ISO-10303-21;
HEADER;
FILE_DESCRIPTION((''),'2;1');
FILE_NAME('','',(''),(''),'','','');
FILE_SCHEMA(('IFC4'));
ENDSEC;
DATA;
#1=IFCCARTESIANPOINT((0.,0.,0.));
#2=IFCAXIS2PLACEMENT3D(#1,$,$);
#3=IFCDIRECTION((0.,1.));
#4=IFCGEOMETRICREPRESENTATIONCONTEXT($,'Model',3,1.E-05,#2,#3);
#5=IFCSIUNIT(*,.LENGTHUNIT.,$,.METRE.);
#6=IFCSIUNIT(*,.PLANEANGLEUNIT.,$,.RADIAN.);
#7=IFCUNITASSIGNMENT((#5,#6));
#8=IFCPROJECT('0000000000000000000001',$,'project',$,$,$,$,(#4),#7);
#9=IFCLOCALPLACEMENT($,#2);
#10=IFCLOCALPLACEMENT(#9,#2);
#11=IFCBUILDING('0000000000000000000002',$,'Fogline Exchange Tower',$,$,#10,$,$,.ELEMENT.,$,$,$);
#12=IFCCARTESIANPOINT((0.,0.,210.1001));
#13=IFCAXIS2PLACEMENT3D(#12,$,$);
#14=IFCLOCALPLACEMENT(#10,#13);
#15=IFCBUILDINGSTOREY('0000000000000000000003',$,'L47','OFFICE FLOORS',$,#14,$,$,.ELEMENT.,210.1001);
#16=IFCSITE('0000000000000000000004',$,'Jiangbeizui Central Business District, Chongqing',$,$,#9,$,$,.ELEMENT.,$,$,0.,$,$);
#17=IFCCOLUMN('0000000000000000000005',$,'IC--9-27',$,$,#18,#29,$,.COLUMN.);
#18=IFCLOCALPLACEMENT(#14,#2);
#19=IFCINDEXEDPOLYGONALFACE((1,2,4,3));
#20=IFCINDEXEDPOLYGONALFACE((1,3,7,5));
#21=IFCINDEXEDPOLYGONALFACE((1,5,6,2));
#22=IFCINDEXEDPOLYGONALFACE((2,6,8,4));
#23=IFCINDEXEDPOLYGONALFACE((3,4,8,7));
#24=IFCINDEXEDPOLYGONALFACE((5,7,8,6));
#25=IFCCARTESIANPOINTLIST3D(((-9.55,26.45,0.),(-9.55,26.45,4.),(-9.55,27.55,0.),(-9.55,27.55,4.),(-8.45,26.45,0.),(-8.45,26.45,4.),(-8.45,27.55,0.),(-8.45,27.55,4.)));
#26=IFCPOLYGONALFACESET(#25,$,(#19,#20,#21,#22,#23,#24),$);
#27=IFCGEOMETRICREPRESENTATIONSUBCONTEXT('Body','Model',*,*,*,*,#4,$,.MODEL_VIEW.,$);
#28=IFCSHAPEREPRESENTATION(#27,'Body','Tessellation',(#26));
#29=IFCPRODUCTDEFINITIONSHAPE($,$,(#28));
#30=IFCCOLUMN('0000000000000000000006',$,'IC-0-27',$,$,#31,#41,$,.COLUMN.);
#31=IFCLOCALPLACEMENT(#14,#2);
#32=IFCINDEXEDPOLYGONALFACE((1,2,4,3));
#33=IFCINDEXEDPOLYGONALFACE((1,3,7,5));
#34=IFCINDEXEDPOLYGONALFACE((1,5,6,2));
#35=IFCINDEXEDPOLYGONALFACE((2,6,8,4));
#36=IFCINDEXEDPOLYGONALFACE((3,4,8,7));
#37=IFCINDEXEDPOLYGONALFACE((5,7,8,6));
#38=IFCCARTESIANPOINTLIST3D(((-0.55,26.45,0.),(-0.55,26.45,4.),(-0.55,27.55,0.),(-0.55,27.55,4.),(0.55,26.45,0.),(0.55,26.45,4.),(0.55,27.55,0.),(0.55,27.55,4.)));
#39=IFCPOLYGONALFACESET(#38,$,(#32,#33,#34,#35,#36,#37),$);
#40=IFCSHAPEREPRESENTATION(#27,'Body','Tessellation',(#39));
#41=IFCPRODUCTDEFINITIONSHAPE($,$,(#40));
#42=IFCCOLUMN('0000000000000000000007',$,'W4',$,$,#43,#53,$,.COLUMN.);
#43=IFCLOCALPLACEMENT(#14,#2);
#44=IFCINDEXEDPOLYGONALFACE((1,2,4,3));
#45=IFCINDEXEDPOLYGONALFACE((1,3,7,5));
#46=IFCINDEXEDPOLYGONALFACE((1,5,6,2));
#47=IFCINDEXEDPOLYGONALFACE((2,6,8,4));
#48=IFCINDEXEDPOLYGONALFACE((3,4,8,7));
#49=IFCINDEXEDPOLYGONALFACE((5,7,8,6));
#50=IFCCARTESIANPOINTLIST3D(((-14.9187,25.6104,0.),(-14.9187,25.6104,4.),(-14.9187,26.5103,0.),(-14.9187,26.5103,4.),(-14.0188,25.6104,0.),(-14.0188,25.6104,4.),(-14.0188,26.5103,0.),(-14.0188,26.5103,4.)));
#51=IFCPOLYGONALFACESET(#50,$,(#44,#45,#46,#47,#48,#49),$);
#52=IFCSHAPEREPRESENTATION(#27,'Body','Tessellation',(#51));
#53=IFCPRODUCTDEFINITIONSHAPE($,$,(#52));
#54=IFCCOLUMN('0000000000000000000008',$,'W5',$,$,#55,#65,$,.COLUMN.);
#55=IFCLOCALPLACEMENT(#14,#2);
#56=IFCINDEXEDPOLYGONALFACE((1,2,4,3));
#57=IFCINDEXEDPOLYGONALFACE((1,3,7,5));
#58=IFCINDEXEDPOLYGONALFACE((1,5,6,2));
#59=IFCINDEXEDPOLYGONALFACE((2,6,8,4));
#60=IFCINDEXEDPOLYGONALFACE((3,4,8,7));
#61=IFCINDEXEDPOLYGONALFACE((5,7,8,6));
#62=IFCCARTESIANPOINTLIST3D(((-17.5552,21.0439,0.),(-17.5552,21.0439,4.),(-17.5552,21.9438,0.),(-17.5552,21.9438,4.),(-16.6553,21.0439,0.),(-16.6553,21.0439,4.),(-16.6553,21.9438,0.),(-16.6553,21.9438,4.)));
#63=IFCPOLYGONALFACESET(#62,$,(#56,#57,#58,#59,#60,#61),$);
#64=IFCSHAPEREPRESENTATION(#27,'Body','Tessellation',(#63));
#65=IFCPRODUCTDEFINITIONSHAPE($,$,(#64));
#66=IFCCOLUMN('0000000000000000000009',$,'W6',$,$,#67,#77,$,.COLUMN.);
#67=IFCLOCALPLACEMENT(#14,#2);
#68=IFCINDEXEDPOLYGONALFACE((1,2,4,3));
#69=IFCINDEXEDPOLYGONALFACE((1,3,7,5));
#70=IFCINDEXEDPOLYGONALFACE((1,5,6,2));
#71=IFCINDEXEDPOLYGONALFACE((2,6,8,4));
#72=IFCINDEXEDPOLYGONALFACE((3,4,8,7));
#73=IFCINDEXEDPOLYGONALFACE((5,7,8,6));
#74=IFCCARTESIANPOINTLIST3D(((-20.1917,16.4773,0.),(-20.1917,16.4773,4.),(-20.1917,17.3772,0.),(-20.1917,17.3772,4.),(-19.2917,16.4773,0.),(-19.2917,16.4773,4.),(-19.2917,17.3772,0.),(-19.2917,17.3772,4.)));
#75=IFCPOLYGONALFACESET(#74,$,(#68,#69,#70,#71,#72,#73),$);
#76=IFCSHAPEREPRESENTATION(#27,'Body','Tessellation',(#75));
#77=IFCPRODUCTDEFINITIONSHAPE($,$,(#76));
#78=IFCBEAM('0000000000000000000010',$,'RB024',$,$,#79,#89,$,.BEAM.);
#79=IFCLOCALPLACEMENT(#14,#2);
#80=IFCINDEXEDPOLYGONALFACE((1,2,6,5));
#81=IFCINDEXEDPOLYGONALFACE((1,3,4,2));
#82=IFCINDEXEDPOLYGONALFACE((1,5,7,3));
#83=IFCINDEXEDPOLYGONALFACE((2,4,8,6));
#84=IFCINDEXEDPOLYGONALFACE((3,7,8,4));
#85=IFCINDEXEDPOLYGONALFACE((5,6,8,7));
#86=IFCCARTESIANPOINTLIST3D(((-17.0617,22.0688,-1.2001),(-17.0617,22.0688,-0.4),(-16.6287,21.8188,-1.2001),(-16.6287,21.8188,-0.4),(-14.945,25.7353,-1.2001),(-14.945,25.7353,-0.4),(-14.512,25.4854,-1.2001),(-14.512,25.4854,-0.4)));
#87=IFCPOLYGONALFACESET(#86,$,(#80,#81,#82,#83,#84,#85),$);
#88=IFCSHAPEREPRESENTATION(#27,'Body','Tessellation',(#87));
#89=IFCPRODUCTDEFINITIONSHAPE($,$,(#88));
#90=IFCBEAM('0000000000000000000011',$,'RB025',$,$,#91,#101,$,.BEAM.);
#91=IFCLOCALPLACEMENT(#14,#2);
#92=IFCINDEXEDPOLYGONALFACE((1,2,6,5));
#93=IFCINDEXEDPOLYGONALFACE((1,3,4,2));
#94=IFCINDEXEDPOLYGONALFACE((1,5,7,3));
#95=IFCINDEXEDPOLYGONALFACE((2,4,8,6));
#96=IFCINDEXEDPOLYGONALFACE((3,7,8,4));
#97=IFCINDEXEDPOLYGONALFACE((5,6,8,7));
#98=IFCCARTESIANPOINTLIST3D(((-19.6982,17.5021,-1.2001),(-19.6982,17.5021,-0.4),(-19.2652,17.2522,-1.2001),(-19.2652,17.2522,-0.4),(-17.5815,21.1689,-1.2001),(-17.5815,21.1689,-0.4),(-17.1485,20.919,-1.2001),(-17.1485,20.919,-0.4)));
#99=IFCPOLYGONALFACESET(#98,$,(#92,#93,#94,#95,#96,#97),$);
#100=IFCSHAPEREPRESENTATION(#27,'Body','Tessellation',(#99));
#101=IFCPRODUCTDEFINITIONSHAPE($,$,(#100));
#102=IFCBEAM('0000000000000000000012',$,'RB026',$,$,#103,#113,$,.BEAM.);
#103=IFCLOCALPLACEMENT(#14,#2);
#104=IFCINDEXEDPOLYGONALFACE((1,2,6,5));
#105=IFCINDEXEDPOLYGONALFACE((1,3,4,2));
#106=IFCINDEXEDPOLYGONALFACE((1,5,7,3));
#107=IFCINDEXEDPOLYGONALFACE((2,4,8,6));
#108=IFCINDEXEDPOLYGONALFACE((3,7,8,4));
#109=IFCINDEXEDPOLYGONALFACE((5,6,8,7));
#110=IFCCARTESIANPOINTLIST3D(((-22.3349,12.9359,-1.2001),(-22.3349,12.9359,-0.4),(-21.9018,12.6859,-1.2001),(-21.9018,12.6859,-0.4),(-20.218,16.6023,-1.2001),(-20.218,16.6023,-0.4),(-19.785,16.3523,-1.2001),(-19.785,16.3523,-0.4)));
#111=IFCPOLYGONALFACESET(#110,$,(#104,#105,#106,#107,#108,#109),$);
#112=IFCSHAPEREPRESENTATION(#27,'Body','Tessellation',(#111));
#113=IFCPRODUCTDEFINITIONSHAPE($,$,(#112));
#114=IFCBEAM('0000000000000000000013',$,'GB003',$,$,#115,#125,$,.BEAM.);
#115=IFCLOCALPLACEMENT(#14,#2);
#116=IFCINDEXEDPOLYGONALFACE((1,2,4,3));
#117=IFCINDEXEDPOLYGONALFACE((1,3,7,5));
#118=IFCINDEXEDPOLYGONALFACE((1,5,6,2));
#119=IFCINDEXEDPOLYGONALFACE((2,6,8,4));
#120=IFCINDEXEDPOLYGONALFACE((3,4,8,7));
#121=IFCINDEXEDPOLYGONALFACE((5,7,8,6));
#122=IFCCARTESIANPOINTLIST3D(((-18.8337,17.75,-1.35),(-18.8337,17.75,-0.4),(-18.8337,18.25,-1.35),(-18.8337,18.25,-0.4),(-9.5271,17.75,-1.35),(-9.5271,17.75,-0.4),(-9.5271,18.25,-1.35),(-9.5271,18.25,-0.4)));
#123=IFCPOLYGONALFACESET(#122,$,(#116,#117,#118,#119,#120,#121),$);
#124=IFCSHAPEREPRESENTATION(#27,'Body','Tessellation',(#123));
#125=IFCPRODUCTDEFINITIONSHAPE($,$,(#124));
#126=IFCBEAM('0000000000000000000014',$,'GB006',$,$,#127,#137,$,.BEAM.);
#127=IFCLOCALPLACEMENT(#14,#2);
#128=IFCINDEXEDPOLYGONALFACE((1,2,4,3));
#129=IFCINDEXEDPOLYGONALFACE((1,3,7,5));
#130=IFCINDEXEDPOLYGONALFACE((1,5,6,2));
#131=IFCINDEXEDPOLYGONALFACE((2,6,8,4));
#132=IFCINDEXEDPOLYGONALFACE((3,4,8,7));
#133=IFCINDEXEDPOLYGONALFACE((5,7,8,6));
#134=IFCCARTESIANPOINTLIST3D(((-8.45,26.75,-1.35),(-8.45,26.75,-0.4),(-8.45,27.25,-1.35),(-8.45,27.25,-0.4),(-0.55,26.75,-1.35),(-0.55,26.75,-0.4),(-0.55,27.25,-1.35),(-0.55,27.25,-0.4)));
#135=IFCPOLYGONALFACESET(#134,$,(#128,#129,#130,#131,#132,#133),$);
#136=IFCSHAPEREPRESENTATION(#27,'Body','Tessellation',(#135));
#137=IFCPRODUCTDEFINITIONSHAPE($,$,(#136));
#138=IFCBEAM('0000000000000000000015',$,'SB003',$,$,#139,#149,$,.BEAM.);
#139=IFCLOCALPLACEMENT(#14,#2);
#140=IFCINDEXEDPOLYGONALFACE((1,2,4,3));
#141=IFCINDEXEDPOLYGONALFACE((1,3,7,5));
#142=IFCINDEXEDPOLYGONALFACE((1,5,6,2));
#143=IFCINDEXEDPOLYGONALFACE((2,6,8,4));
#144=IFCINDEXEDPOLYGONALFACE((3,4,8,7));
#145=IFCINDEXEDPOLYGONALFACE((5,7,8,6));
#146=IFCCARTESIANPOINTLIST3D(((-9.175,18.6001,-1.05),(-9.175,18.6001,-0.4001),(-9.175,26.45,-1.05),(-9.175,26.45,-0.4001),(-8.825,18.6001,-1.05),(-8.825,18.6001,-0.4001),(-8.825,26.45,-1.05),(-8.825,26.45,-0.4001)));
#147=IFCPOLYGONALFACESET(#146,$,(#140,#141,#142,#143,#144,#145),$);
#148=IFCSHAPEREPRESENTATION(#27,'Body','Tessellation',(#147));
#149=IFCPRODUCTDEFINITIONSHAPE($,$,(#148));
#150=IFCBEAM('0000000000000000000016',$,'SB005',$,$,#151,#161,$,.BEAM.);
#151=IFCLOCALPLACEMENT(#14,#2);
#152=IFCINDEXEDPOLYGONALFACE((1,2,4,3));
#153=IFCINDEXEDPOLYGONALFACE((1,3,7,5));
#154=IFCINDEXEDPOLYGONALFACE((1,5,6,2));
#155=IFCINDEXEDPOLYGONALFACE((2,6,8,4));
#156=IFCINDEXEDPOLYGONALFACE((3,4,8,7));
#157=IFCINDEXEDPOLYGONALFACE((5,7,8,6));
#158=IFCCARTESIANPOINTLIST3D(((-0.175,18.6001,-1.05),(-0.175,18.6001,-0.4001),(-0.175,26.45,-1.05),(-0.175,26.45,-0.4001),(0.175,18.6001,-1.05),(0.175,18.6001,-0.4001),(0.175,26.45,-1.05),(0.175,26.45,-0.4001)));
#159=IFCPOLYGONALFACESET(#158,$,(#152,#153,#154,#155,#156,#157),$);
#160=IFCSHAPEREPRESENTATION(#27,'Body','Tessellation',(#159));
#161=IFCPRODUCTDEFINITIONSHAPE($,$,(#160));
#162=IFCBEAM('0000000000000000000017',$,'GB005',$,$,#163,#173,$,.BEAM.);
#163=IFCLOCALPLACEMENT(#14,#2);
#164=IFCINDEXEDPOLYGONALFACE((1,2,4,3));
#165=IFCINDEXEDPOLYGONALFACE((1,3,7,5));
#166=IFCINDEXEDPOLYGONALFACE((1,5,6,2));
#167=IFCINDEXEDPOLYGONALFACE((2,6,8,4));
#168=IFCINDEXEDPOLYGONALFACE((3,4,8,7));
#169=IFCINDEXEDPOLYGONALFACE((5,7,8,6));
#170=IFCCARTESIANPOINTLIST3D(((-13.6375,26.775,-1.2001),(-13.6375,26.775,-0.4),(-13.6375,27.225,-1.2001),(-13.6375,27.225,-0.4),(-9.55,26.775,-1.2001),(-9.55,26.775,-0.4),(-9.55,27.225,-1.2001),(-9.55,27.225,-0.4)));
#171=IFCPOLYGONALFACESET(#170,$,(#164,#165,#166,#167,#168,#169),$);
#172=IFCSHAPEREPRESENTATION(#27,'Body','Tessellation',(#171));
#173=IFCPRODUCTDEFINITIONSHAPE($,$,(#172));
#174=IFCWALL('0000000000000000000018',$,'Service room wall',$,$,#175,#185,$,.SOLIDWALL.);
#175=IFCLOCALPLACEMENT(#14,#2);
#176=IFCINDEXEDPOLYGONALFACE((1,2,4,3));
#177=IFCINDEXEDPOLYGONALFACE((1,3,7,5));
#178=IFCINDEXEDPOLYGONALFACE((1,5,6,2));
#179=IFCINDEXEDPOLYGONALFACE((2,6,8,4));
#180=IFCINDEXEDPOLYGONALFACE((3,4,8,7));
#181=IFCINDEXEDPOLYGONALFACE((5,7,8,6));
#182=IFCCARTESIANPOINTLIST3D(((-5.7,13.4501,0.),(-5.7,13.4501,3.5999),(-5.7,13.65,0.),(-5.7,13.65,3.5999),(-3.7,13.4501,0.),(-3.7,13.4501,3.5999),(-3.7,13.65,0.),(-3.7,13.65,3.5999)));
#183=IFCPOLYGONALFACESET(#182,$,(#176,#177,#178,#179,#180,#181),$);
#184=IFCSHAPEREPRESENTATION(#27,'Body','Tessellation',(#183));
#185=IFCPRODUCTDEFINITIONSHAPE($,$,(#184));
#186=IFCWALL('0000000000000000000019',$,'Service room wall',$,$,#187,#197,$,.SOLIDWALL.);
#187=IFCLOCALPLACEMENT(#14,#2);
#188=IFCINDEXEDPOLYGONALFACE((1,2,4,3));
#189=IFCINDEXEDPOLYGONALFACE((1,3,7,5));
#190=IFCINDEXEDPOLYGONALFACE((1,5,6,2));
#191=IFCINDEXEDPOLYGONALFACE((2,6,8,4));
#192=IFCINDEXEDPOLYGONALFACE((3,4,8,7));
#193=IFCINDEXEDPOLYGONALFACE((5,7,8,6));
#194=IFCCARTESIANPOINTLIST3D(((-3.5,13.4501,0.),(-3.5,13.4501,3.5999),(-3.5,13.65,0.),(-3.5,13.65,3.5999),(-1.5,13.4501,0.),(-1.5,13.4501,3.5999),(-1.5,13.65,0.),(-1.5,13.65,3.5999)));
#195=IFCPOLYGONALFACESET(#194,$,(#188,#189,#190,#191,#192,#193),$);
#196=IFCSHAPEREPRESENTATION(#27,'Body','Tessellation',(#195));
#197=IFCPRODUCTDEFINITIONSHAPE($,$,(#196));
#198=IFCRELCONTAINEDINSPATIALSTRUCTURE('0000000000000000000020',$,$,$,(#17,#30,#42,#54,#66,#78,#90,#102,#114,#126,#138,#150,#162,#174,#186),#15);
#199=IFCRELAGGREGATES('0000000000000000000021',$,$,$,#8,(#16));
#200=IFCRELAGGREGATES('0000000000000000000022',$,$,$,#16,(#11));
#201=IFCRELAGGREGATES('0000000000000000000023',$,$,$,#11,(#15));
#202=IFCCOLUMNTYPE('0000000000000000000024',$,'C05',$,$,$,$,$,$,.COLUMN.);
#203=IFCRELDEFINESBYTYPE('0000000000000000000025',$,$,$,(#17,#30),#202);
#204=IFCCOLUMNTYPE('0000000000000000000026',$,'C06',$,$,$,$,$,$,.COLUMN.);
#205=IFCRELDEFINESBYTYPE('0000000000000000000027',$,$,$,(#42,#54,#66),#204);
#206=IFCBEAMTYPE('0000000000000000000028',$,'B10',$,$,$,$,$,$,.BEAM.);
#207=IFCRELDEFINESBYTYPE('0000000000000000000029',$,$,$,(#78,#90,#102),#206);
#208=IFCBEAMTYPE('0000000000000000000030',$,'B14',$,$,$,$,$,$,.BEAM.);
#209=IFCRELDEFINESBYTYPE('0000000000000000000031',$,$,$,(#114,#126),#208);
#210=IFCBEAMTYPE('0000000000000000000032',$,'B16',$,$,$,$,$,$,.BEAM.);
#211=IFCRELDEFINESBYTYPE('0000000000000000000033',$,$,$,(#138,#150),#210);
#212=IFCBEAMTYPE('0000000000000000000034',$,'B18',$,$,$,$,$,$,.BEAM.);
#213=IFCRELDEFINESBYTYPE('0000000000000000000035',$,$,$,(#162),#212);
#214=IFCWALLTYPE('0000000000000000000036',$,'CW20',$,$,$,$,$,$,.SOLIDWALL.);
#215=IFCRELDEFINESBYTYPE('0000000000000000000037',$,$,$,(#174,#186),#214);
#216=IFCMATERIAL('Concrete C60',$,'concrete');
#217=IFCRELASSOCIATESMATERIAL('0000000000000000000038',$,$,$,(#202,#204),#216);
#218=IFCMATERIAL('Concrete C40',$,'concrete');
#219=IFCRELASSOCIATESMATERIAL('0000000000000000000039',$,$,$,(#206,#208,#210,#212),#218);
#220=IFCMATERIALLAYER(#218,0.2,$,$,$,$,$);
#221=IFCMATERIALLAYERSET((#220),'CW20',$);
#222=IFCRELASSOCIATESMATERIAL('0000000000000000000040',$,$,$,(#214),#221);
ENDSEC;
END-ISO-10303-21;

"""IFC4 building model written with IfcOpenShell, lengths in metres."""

from ifc_helpers import new_model, si_unit, direction, frame, frame_2d, origin, origin_2d, place, context, subcontext, project, spatial, rectangle, extrude, material, layer, layer_set, material_profile, profile_set, type_object, element, save


model = new_model("IFC4")

# Units and contexts
model_context = context("Model", 3, precision=1e-05, world=origin(), true_north=direction((0.0, 1.0)))
body_context = subcontext(model_context, "Body", "Model", "MODEL_VIEW")
ifc_project = project(units=[si_unit("LENGTHUNIT", "METRE"), si_unit("PLANEANGLEUNIT", "RADIAN")], contexts=[model_context])

# Site, building, storey
site_placement = place(None, origin())
site = spatial("IfcSite", under=ifc_project, at=site_placement, Name="Jiangbeizui Central Business District, Chongqing", CompositionType="ELEMENT", RefElevation=0.0)
building_placement = place(site_placement, origin())
building = spatial("IfcBuilding", under=site, at=building_placement, Name="Fogline Exchange Tower", CompositionType="ELEMENT")
storey_placement = place(building_placement, frame((0.0, 0.0, 210.1001)))
storey = spatial("IfcBuildingStorey", under=building, at=storey_placement, Name="L47", Description="OFFICE FLOORS", CompositionType="ELEMENT", Elevation=210.1001)

# Columns
ifc_material_1 = material(Name="Concrete C60", Category="concrete")
ifc_material_profile_1 = material_profile(ifc_material_1, rectangle(XDim=1.1001, YDim=1.1001, at=origin_2d()), Name="RC 1100x1100")
ifc_profile_set_1 = profile_set([ifc_material_profile_1], Name="Concrete C60")
column_type_1 = type_object("IfcColumnType", Name="C05", PredefinedType="COLUMN", material=ifc_profile_set_1)
for number, where, z_axis, x_axis, name in (
    (1, (-9.0, 27.0, 0.0), (0.0, 0.0, 1.0), (1.0, 0.0, 0.0), "IC--9-27"),
    (2, (0.0, 27.0, 0.0), (0.0, 0.0, 1.0), (1.0, 0.0, 0.0), "IC-0-27"),
):
    element("IfcColumn", number, at=place(storey_placement, frame(where, z_axis=z_axis, x_axis=x_axis)), inside=storey, type_object=column_type_1, Name=name, PredefinedType="COLUMN", context=body_context, shape_type="SweptSolid", body=[
        extrude(rectangle(XDim=1.1001, YDim=1.1001, at=origin_2d()), origin(), (0.0, 0.0, 1.0), 4.0),
    ])
ifc_material_profile_2 = material_profile(ifc_material_1, rectangle(XDim=0.8999, YDim=0.8999, at=origin_2d()), Name="RC 900x900")
ifc_profile_set_2 = profile_set([ifc_material_profile_2], Name="Concrete C60")
column_type_2 = type_object("IfcColumnType", Name="C06", PredefinedType="COLUMN", material=ifc_profile_set_2)
for number, where, z_axis, x_axis, name in (
    (3, (-14.4688, 26.0603, 0.0), (0.0, 0.0, 1.0), (1.0, 0.0, 0.0), "W4"),
    (4, (-17.1052, 21.4939, 0.0), (0.0, 0.0, 1.0), (1.0, 0.0, 0.0), "W5"),
    (5, (-19.7417, 16.9272, 0.0), (0.0, 0.0, 1.0), (1.0, 0.0, 0.0), "W6"),
):
    element("IfcColumn", number, at=place(storey_placement, frame(where, z_axis=z_axis, x_axis=x_axis)), inside=storey, type_object=column_type_2, Name=name, PredefinedType="COLUMN", context=body_context, shape_type="SweptSolid", body=[
        extrude(rectangle(XDim=0.8999, YDim=0.8999, at=origin_2d()), origin(), (0.0, 0.0, 1.0), 4.0),
    ])

# Beams
ifc_material_2 = material(Name="Concrete C40", Category="concrete")
ifc_material_profile_3 = material_profile(ifc_material_2, rectangle(XDim=0.5, YDim=0.8, at=origin_2d()), Name="RC 500x800")
ifc_profile_set_3 = profile_set([ifc_material_profile_3], Name="Concrete C40")
beam_type_1 = type_object("IfcBeamType", Name="B10", PredefinedType="BEAM", material=ifc_profile_set_3)
beam_1_placement = place(storey_placement, frame((-14.7285, 25.6104, -0.8), z_axis=(-0.499972, -0.866042, 0.0), x_axis=(0.866042, -0.499972, 0.0)))
element("IfcBeam", 6, at=beam_1_placement, inside=storey, type_object=beam_type_1, Name="RB024", PredefinedType="BEAM", context=body_context, shape_type="SweptSolid", body=[
    extrude(rectangle(XDim=0.5, YDim=0.8, at=origin_2d()), origin(), (0.0, 0.0, 1.0), 4.2336),
])
beam_2_placement = place(storey_placement, frame((-17.365, 21.0439, -0.8), z_axis=(-0.499947, -0.866056, 0.0), x_axis=(0.866056, -0.499947, 0.0)))
element("IfcBeam", 7, at=beam_2_placement, inside=storey, type_object=beam_type_1, Name="RB025", PredefinedType="BEAM", context=body_context, shape_type="SweptSolid", body=[
    extrude(rectangle(XDim=0.5, YDim=0.8, at=origin_2d()), origin(), (0.0, 0.0, 1.0), 4.2339),
])
beam_3_placement = place(storey_placement, frame((-20.0015, 16.4773, -0.8), z_axis=(-0.500015, -0.866017, 0.0), x_axis=(0.866017, -0.500015, 0.0)))
element("IfcBeam", 8, at=beam_3_placement, inside=storey, type_object=beam_type_1, Name="RB026", PredefinedType="BEAM", context=body_context, shape_type="SweptSolid", body=[
    extrude(rectangle(XDim=0.5, YDim=0.8, at=origin_2d()), origin(), (0.0, 0.0, 1.0), 4.2336),
])
ifc_material_profile_4 = material_profile(ifc_material_2, rectangle(XDim=0.5, YDim=0.95, at=origin_2d()), Name="RC 500x950")
ifc_profile_set_4 = profile_set([ifc_material_profile_4], Name="Concrete C40")
beam_type_2 = type_object("IfcBeamType", Name="B14", PredefinedType="BEAM", material=ifc_profile_set_4)
beam_4_placement = place(storey_placement, frame((-18.8337, 18.0, -0.875), z_axis=(1.0, 0.0, 0.0), x_axis=(0.0, 1.0, 0.0)))
element("IfcBeam", 9, at=beam_4_placement, inside=storey, type_object=beam_type_2, Name="GB003", PredefinedType="BEAM", context=body_context, shape_type="SweptSolid", body=[
    extrude(rectangle(XDim=0.5, YDim=0.95, at=origin_2d()), origin(), (0.0, 0.0, 1.0), 9.3066),
])
beam_5_placement = place(storey_placement, frame((-8.45, 27.0, -0.875), z_axis=(1.0, 0.0, 0.0), x_axis=(0.0, 1.0, 0.0)))
element("IfcBeam", 10, at=beam_5_placement, inside=storey, type_object=beam_type_2, Name="GB006", PredefinedType="BEAM", context=body_context, shape_type="SweptSolid", body=[
    extrude(rectangle(XDim=0.5, YDim=0.95, at=origin_2d()), origin(), (0.0, 0.0, 1.0), 7.8999),
])
ifc_material_profile_5 = material_profile(ifc_material_2, rectangle(XDim=0.3501, YDim=0.6499, at=origin_2d()), Name="RC 350x650")
ifc_profile_set_5 = profile_set([ifc_material_profile_5], Name="Concrete C40")
beam_type_3 = type_object("IfcBeamType", Name="B16", PredefinedType="BEAM", material=ifc_profile_set_5)
for number, where, z_axis, x_axis, name in (
    (11, (-9.0, 18.6001, -0.7251), (0.0, 1.0, 0.0), (-1.0, 0.0, 0.0), "SB003"),
    (12, (0.0, 18.6001, -0.7251), (0.0, 1.0, 0.0), (-1.0, 0.0, 0.0), "SB005"),
):
    element("IfcBeam", number, at=place(storey_placement, frame(where, z_axis=z_axis, x_axis=x_axis)), inside=storey, type_object=beam_type_3, Name=name, PredefinedType="BEAM", context=body_context, shape_type="SweptSolid", body=[
        extrude(rectangle(XDim=0.3501, YDim=0.6499, at=origin_2d()), origin(), (0.0, 0.0, 1.0), 7.8499),
    ])
ifc_material_profile_6 = material_profile(ifc_material_2, rectangle(XDim=0.45, YDim=0.8, at=origin_2d()), Name="RC 450x800")
ifc_profile_set_6 = profile_set([ifc_material_profile_6], Name="Concrete C40")
beam_type_4 = type_object("IfcBeamType", Name="B18", PredefinedType="BEAM", material=ifc_profile_set_6)
beam_6_placement = place(storey_placement, frame((-13.6375, 27.0, -0.8), z_axis=(1.0, 0.0, 0.0), x_axis=(0.0, 1.0, 0.0)))
element("IfcBeam", 13, at=beam_6_placement, inside=storey, type_object=beam_type_4, Name="GB005", PredefinedType="BEAM", context=body_context, shape_type="SweptSolid", body=[
    extrude(rectangle(XDim=0.45, YDim=0.8, at=origin_2d()), origin(), (0.0, 0.0, 1.0), 4.0874),
])

# Walls
ifc_layer_1 = layer(ifc_material_2, 0.2)
ifc_layer_set_1 = layer_set([ifc_layer_1], Name="CW20")
wall_type_1 = type_object("IfcWallType", Name="CW20", PredefinedType="SOLIDWALL", material=ifc_layer_set_1)
for number, where, z_axis, x_axis, name in (
    (14, (-5.7, 13.55, 0.0), (0.0, 0.0, 1.0), (1.0, 0.0, 0.0), "Service room wall"),
    (15, (-3.5, 13.55, 0.0), (0.0, 0.0, 1.0), (1.0, 0.0, 0.0), "Service room wall"),
):
    element("IfcWall", number, at=place(storey_placement, frame(where, z_axis=z_axis, x_axis=x_axis)), inside=storey, type_object=wall_type_1, Name=name, PredefinedType="SOLIDWALL", context=body_context, shape_type="SweptSolid", body=[
        extrude(rectangle(XDim=2.0, YDim=0.2, at=frame_2d((1.0, 0.0))), origin(), (0.0, 0.0, 1.0), 3.5999),
    ])

save(model, "model.ifc")
